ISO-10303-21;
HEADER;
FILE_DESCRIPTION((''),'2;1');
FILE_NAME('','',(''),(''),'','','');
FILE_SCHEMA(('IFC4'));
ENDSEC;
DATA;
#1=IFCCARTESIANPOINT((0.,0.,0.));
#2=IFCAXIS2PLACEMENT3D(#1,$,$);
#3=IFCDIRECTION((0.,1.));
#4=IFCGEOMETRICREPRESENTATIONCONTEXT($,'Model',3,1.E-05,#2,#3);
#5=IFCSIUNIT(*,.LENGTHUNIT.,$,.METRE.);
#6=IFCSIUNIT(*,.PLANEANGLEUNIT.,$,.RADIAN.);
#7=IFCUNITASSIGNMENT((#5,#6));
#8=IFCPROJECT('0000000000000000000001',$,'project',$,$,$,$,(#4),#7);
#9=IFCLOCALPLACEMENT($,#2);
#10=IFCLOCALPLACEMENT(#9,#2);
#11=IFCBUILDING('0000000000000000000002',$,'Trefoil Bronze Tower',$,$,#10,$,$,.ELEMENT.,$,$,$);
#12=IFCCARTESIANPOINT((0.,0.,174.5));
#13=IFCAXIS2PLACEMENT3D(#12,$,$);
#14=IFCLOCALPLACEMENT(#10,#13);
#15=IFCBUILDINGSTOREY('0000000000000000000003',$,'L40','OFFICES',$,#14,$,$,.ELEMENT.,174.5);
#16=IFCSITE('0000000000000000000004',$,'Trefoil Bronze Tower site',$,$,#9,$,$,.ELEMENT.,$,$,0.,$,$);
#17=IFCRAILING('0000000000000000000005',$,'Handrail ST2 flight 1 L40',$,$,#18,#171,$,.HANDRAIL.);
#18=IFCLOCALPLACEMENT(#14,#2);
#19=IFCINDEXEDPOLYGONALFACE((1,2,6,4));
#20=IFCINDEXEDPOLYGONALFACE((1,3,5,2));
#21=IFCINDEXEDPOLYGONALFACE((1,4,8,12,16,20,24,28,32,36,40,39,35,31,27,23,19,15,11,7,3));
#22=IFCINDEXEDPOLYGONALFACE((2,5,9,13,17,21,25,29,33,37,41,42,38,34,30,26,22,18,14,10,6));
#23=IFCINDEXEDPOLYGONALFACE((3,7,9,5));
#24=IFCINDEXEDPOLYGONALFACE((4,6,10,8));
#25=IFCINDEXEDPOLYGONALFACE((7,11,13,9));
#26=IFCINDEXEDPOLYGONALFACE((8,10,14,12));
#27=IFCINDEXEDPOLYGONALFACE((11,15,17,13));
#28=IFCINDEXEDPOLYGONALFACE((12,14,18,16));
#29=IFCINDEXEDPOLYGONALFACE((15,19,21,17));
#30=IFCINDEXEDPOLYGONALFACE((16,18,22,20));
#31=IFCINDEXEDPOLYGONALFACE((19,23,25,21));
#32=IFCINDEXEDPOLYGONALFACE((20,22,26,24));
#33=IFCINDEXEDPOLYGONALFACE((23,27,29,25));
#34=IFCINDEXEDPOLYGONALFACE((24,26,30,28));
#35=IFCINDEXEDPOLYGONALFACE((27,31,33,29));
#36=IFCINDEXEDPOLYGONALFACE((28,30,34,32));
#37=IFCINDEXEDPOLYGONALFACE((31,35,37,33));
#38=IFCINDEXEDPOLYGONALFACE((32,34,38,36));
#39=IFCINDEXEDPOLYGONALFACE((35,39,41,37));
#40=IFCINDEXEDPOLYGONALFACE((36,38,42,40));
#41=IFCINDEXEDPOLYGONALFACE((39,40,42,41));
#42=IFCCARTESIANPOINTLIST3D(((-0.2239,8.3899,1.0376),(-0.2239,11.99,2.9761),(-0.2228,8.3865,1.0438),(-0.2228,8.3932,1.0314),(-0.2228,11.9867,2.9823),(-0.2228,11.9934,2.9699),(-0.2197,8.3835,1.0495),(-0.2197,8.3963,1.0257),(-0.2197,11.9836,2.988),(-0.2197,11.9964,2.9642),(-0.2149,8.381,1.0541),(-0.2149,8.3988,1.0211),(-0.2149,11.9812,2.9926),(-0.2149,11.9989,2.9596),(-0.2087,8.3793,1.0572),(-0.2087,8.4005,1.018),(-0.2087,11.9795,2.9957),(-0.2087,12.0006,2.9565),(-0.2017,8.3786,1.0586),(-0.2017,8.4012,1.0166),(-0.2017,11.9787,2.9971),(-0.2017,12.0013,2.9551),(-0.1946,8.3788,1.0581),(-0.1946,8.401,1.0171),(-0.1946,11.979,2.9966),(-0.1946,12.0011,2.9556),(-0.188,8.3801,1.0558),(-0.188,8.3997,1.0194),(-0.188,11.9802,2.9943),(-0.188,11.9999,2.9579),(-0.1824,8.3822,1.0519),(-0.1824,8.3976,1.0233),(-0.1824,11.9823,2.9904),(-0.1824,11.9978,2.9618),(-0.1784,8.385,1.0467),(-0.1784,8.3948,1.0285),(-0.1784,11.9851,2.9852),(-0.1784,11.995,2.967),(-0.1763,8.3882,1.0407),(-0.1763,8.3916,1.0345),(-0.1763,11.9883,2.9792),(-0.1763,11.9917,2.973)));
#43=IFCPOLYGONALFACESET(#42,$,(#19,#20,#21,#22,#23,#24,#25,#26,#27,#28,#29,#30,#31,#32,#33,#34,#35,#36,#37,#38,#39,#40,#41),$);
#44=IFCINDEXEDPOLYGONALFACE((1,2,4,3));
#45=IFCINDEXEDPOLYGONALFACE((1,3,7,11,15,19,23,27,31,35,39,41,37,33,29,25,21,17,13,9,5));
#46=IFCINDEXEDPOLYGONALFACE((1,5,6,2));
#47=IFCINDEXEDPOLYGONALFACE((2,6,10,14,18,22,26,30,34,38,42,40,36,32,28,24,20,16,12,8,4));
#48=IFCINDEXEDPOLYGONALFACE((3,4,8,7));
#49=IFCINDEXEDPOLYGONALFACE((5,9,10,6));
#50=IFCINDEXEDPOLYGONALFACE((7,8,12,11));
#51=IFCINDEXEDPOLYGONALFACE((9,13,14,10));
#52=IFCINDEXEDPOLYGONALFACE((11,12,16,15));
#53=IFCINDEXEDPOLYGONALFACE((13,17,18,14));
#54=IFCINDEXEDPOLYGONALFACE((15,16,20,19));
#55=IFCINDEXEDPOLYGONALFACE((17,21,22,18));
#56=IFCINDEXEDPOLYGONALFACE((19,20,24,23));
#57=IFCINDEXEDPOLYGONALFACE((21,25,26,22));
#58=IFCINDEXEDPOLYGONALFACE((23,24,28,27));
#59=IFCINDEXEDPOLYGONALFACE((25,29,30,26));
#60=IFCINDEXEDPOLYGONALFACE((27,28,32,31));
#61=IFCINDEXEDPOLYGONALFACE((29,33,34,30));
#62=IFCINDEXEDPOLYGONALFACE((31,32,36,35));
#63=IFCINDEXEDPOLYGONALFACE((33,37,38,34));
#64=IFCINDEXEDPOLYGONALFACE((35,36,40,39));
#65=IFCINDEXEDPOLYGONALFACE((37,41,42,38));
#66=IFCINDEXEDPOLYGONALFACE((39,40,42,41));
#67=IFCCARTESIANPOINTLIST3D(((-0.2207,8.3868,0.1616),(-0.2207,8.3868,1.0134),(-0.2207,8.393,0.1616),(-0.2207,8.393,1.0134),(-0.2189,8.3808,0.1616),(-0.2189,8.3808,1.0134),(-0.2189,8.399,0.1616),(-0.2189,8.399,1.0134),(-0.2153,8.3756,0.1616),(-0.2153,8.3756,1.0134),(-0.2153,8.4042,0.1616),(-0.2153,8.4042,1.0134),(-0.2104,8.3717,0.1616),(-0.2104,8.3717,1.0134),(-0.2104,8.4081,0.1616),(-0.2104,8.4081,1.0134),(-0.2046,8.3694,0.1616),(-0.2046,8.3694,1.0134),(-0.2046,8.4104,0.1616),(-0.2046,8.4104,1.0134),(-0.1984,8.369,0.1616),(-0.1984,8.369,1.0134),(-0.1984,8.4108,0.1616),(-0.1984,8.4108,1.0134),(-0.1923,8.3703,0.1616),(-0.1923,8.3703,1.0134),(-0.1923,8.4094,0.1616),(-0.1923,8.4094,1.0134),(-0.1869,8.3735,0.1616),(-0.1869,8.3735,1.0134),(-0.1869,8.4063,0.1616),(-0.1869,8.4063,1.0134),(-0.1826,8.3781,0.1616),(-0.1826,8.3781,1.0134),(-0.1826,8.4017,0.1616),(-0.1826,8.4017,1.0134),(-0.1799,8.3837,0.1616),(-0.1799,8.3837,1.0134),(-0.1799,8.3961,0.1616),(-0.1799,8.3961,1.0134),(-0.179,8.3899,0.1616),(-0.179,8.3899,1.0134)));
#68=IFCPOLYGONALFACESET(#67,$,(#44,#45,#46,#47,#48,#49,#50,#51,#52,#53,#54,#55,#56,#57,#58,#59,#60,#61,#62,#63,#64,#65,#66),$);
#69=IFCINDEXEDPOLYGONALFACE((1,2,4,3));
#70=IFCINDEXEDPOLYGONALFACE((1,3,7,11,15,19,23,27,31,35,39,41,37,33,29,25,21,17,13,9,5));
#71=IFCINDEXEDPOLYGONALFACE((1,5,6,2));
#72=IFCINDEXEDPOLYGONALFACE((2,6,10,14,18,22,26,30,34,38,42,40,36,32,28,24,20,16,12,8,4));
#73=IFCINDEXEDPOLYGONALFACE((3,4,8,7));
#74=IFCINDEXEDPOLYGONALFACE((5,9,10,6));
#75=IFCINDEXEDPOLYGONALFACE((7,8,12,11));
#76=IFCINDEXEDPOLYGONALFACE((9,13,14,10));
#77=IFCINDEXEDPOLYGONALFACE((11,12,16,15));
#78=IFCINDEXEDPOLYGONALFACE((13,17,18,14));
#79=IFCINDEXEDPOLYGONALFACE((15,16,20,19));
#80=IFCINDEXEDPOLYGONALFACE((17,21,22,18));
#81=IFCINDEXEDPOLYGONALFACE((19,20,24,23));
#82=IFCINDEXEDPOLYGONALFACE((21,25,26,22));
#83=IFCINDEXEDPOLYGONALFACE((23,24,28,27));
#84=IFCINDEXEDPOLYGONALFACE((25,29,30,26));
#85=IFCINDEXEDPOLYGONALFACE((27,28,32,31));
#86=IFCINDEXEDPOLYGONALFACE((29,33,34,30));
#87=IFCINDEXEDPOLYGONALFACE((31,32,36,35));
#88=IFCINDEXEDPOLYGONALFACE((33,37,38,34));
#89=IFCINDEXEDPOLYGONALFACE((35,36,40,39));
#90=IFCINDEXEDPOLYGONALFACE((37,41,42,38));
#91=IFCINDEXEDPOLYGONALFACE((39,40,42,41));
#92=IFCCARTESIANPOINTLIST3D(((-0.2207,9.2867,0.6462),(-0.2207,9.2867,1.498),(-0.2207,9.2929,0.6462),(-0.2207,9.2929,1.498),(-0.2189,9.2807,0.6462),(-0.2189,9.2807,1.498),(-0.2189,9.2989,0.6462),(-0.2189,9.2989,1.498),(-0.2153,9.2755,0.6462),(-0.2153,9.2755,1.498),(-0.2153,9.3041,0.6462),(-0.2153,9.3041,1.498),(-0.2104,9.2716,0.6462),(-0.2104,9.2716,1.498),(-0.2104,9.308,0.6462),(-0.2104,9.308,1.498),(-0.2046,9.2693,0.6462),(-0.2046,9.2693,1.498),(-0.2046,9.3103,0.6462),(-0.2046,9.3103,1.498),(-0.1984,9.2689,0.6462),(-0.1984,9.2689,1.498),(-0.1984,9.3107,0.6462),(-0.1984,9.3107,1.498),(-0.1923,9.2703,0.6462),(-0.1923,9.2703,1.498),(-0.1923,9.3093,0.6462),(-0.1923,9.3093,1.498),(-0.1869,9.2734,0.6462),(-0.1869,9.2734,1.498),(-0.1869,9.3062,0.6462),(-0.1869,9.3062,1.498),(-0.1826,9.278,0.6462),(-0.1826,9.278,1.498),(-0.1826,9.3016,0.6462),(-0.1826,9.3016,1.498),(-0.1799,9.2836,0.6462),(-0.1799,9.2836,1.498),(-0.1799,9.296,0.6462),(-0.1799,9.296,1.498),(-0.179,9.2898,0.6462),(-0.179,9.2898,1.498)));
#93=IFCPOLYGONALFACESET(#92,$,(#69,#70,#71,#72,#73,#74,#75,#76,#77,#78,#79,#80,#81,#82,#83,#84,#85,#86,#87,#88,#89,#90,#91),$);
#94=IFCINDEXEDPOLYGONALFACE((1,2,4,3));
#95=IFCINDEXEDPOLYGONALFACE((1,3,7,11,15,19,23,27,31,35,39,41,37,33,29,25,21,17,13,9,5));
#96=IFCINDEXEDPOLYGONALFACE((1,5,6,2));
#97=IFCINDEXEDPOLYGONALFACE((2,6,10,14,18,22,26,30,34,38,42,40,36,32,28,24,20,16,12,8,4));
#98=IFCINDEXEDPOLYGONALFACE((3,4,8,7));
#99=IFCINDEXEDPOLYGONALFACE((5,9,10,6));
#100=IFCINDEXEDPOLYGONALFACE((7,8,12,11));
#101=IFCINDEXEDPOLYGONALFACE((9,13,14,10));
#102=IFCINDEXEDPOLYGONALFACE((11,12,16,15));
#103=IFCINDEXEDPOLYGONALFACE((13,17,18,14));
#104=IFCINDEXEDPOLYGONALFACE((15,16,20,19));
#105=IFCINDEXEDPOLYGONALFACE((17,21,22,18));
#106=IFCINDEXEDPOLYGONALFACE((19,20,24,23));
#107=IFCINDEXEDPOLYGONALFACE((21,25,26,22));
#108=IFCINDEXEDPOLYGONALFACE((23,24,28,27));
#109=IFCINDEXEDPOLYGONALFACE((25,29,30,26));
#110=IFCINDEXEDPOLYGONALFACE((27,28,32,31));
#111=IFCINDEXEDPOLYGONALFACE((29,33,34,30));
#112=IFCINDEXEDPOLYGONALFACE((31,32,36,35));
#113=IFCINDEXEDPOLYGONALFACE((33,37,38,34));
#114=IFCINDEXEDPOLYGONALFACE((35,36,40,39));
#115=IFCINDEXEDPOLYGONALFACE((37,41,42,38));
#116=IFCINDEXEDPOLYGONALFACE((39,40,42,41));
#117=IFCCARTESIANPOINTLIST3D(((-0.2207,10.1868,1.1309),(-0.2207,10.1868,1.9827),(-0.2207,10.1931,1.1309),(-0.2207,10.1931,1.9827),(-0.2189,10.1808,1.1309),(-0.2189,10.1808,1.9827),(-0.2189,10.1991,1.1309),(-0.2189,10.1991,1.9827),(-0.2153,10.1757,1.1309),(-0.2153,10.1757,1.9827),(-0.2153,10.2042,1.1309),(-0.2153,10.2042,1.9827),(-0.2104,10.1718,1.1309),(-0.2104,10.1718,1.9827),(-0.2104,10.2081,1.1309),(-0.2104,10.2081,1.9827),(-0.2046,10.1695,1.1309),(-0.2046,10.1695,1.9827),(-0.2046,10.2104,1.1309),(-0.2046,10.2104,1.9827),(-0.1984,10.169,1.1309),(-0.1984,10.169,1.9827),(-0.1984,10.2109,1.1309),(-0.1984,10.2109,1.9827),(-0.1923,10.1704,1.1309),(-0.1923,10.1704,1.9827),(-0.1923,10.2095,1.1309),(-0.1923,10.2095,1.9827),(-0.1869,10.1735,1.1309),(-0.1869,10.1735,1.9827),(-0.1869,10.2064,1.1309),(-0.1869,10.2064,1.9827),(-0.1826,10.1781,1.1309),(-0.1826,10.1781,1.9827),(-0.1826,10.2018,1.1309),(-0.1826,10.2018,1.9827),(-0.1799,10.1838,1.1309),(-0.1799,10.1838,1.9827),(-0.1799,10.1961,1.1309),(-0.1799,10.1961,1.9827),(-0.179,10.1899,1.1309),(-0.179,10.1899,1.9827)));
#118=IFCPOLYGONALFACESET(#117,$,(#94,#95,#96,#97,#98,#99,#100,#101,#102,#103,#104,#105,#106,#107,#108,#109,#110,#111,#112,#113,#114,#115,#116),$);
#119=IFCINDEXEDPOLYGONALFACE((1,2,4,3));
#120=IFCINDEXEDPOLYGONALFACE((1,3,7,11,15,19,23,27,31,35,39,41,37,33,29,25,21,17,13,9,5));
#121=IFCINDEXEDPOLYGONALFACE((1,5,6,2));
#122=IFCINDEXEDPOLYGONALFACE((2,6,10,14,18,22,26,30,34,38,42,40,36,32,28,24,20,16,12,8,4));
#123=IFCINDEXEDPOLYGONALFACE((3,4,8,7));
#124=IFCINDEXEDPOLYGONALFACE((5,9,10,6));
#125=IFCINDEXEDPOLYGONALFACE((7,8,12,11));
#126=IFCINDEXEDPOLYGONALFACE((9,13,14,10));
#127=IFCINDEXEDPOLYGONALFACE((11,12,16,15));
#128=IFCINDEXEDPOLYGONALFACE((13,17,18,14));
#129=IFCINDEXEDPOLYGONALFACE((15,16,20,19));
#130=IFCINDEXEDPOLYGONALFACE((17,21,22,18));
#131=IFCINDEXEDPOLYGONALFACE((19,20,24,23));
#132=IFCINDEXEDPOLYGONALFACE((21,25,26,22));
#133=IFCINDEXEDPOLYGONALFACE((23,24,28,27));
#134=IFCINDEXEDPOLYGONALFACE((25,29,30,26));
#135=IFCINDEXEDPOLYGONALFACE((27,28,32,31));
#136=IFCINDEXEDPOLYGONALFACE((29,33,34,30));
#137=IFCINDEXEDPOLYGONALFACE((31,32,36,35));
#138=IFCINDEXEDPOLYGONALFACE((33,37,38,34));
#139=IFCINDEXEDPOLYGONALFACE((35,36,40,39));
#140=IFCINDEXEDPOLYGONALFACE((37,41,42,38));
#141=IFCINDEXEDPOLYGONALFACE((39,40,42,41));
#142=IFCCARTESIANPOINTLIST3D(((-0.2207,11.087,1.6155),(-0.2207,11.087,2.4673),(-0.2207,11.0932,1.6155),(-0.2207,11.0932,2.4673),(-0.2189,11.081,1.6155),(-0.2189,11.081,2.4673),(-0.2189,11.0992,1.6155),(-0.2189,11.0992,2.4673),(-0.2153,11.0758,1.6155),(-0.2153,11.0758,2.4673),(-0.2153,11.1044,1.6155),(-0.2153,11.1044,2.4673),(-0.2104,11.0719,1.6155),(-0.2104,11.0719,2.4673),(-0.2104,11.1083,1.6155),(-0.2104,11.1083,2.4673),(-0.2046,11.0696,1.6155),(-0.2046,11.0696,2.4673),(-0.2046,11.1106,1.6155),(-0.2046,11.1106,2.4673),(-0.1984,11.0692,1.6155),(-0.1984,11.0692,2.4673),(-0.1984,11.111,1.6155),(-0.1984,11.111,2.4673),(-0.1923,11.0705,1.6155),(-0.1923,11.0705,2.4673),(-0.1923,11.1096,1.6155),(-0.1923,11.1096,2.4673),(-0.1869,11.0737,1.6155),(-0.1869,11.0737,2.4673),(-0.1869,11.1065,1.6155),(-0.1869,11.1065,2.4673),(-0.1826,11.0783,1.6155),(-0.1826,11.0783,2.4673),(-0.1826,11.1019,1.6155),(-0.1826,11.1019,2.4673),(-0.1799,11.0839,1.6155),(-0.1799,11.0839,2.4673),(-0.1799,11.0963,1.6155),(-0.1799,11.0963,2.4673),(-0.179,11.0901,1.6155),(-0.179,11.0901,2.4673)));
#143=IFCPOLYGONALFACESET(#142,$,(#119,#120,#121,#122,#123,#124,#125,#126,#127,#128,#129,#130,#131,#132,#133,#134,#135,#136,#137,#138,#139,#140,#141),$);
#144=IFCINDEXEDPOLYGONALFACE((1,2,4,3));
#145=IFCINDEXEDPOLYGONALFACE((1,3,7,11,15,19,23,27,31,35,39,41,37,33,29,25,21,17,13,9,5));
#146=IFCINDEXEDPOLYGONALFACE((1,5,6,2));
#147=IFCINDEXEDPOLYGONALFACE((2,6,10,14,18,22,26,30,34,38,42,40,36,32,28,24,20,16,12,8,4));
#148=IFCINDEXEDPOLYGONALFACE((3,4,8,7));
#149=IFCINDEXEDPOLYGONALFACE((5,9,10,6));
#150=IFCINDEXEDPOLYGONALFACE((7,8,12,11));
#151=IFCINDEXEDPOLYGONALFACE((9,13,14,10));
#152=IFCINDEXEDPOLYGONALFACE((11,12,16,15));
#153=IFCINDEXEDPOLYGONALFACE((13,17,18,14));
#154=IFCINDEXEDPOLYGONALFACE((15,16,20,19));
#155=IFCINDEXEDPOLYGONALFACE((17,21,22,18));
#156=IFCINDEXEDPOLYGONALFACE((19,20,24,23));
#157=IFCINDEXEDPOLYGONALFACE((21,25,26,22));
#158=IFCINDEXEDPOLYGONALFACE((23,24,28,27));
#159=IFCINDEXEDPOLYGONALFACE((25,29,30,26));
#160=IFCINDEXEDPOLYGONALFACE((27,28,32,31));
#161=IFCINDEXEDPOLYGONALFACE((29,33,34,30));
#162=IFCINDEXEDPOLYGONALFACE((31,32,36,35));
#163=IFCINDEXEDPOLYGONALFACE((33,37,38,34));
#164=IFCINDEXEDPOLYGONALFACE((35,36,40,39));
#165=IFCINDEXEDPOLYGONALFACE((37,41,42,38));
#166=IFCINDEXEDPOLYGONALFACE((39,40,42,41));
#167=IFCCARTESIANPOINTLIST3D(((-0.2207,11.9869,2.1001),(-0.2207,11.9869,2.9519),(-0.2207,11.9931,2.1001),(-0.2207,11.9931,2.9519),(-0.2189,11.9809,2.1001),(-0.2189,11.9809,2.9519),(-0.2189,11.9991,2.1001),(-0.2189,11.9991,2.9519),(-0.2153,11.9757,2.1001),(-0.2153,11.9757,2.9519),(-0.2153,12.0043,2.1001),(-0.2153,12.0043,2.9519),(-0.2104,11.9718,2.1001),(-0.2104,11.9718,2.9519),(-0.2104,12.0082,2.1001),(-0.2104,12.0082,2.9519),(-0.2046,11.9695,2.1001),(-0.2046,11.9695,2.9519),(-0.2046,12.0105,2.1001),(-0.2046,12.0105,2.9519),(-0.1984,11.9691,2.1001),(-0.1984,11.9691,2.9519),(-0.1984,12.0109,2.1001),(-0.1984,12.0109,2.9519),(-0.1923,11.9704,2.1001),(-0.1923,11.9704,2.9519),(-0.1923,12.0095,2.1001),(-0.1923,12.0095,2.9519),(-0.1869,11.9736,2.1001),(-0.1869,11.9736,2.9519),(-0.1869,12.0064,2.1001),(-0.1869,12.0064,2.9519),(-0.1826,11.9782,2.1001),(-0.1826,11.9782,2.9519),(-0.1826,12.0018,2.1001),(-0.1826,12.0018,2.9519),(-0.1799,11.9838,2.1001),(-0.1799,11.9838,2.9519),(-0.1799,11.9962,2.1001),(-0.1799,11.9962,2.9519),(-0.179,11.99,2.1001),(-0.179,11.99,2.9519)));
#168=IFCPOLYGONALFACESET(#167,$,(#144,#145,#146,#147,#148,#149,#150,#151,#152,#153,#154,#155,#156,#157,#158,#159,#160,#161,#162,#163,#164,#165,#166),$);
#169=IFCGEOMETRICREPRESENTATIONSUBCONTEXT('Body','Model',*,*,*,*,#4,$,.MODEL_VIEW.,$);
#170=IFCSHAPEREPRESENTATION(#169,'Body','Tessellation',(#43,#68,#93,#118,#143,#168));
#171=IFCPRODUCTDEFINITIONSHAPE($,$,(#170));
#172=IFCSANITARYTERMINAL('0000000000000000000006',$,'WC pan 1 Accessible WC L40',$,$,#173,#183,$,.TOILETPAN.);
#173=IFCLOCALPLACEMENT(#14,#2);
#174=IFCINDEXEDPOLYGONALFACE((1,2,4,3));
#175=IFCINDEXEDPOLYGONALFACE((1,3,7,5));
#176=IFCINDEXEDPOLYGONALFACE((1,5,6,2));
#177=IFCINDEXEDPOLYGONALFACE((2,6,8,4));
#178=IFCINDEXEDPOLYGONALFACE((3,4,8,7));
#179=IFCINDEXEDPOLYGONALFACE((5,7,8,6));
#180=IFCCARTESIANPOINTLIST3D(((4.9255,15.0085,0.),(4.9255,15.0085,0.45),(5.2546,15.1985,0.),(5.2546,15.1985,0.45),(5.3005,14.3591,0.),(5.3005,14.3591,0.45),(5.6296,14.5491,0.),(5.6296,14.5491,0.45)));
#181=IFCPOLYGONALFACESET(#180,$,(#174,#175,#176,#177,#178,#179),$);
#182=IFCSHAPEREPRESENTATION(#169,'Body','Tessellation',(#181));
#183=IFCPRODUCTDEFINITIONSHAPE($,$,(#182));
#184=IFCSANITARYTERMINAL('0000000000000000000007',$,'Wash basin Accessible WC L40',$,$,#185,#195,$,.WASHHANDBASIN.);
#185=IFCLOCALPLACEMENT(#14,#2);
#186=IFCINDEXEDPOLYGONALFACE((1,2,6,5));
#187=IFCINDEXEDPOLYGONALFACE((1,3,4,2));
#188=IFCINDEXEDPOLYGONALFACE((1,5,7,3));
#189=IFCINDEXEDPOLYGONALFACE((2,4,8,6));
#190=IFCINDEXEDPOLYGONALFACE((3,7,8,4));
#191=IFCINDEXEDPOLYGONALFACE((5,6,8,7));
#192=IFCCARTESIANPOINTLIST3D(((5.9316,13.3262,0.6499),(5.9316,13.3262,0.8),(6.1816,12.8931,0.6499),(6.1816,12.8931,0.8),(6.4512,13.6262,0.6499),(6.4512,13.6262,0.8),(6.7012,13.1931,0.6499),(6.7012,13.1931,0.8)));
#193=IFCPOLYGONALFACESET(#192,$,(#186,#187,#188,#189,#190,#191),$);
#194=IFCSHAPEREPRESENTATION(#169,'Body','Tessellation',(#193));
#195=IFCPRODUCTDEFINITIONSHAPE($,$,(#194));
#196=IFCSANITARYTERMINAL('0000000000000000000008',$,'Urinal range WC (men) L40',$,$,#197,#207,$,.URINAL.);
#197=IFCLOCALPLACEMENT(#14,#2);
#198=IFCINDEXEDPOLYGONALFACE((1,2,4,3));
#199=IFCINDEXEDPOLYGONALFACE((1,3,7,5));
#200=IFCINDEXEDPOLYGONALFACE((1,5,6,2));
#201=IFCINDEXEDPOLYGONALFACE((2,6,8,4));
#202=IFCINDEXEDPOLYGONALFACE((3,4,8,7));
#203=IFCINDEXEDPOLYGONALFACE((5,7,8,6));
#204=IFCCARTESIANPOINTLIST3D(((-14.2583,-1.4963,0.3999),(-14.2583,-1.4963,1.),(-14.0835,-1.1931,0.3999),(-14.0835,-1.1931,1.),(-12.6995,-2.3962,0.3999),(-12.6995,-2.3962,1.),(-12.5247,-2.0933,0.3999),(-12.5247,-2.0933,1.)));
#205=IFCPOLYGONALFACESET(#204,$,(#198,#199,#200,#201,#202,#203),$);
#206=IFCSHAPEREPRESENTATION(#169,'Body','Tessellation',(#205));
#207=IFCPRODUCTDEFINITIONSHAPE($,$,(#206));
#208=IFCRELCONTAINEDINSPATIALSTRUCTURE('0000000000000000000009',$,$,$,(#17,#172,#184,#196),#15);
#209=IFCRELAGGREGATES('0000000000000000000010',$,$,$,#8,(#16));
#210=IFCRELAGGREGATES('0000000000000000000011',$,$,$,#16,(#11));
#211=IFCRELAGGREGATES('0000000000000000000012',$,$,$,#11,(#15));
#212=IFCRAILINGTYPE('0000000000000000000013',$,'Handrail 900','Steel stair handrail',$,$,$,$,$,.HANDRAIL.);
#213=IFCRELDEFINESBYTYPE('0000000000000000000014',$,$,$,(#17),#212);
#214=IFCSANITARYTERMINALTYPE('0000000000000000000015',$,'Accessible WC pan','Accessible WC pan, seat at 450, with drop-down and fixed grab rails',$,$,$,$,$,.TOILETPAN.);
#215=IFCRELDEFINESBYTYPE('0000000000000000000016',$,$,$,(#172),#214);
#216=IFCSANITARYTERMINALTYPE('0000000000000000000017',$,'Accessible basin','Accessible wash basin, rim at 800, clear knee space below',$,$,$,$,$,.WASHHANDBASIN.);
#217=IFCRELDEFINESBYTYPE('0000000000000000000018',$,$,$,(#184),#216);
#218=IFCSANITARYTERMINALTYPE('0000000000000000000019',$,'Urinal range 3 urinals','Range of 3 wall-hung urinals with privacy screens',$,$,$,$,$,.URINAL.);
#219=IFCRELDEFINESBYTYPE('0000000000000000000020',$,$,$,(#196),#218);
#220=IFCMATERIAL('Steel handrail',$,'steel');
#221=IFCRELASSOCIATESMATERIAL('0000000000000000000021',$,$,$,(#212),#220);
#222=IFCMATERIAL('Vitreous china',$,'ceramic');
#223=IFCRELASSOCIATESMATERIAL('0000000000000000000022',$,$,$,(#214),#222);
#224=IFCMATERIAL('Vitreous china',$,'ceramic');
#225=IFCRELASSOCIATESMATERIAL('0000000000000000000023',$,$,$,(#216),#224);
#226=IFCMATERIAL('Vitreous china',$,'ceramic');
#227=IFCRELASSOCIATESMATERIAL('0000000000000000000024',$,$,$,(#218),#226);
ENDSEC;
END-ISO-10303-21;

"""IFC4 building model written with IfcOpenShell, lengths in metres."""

from ifc_helpers import new_model, si_unit, direction, frame, origin, origin_2d, place, context, subcontext, project, spatial, polyline, circle, outline, extrude, material, type_object, element, save


model = new_model("IFC4")

# Units and contexts
model_context = context("Model", 3, precision=1e-05, world=origin(), true_north=direction((0.0, 1.0)))
body_context = subcontext(model_context, "Body", "Model", "MODEL_VIEW")
ifc_project = project(units=[si_unit("LENGTHUNIT", "METRE"), si_unit("PLANEANGLEUNIT", "RADIAN")], contexts=[model_context])

# Site, building, storey
site_placement = place(None, origin())
site = spatial("IfcSite", under=ifc_project, at=site_placement, Name="Trefoil Bronze Tower site", CompositionType="ELEMENT", RefElevation=0.0)
building_placement = place(site_placement, origin())
building = spatial("IfcBuilding", under=site, at=building_placement, Name="Trefoil Bronze Tower", CompositionType="ELEMENT")
storey_placement = place(building_placement, frame((0.0, 0.0, 174.5)))
storey = spatial("IfcBuildingStorey", under=building, at=storey_placement, Name="L40", Description="OFFICES", CompositionType="ELEMENT", Elevation=174.5)

# Railing
ifc_material_1 = material(Name="Steel handrail", Category="steel")
railing_type = type_object("IfcRailingType", Name="Handrail 900", Description="Steel stair handrail", PredefinedType="HANDRAIL", material=ifc_material_1)
railing_placement = place(storey_placement, frame((-0.2, 8.3899, 0.1616)))
element("IfcRailing", 1, at=railing_placement, inside=storey, type_object=railing_type, Name="Handrail ST2 flight 1 L40", PredefinedType="HANDRAIL", context=body_context, shape_type="SweptSolid", body=[
    extrude(circle(Radius=0.0239, at=origin_2d()), frame((0.0, 0.0, 0.876), z_axis=(0.0, 0.880475, 0.474093), x_axis=(-1.0, 0.0, 0.0)), (0.0, 0.0, 1.0), 4.0889),
    extrude(circle(Radius=0.021, at=origin_2d()), origin(), (0.0, 0.0, 1.0), 0.8518),
    extrude(circle(Radius=0.021, at=origin_2d()), frame((0.0, 0.8999, 0.4846)), (0.0, 0.0, 1.0), 0.8518),
    extrude(circle(Radius=0.021, at=origin_2d()), frame((0.0, 1.8, 0.9692)), (0.0, 0.0, 1.0), 0.8518),
    extrude(circle(Radius=0.021, at=origin_2d()), frame((0.0, 2.7002, 1.4539)), (0.0, 0.0, 1.0), 0.8518),
    extrude(circle(Radius=0.021, at=origin_2d()), frame((0.0, 3.6001, 1.9385)), (0.0, 0.0, 1.0), 0.8518),
])

# Sanitary terminals
ifc_material_2 = material(Name="Vitreous china", Category="ceramic")
sanitary_terminal_type_1 = type_object("IfcSanitaryTerminalType", Name="Accessible WC pan", Description="Accessible WC pan, seat at 450, with drop-down and fixed grab rails", PredefinedType="TOILETPAN", material=ifc_material_2)
sanitary_terminal_1_placement = place(storey_placement, origin())
element("IfcSanitaryTerminal", 2, at=sanitary_terminal_1_placement, inside=storey, type_object=sanitary_terminal_type_1, Name="WC pan 1 Accessible WC L40", PredefinedType="TOILETPAN", context=body_context, shape_type="SweptSolid", body=[
    extrude(outline(polyline([(5.3005, 14.3591), (4.9255, 15.0085), (5.2546, 15.1985), (5.6296, 14.5491), (5.3005, 14.3591)])), origin(), (0.0, 0.0, 1.0), 0.45),
])
ifc_material_3 = material(Name="Vitreous china", Category="ceramic")
sanitary_terminal_type_2 = type_object("IfcSanitaryTerminalType", Name="Accessible basin", Description="Accessible wash basin, rim at 800, clear knee space below", PredefinedType="WASHHANDBASIN", material=ifc_material_3)
sanitary_terminal_2_placement = place(storey_placement, frame((0.0, 0.0, 0.6499)))
element("IfcSanitaryTerminal", 3, at=sanitary_terminal_2_placement, inside=storey, type_object=sanitary_terminal_type_2, Name="Wash basin Accessible WC L40", PredefinedType="WASHHANDBASIN", context=body_context, shape_type="SweptSolid", body=[
    extrude(outline(polyline([(6.1816, 12.8931), (5.9316, 13.3262), (6.4512, 13.6262), (6.7012, 13.1931), (6.1816, 12.8931)])), origin(), (0.0, 0.0, 1.0), 0.1501),
])
ifc_material_4 = material(Name="Vitreous china", Category="ceramic")
sanitary_terminal_type_3 = type_object("IfcSanitaryTerminalType", Name="Urinal range 3 urinals", Description="Range of 3 wall-hung urinals with privacy screens", PredefinedType="URINAL", material=ifc_material_4)
sanitary_terminal_3_placement = place(storey_placement, frame((0.0, 0.0, 0.3999)))
element("IfcSanitaryTerminal", 4, at=sanitary_terminal_3_placement, inside=storey, type_object=sanitary_terminal_type_3, Name="Urinal range WC (men) L40", PredefinedType="URINAL", context=body_context, shape_type="SweptSolid", body=[
    extrude(outline(polyline([(-12.5247, -2.0933), (-12.6995, -2.3962), (-14.2583, -1.4963), (-14.0835, -1.1931), (-12.5247, -2.0933)])), origin(), (0.0, 0.0, 1.0), 0.6001),
])

save(model, "model.ifc")
